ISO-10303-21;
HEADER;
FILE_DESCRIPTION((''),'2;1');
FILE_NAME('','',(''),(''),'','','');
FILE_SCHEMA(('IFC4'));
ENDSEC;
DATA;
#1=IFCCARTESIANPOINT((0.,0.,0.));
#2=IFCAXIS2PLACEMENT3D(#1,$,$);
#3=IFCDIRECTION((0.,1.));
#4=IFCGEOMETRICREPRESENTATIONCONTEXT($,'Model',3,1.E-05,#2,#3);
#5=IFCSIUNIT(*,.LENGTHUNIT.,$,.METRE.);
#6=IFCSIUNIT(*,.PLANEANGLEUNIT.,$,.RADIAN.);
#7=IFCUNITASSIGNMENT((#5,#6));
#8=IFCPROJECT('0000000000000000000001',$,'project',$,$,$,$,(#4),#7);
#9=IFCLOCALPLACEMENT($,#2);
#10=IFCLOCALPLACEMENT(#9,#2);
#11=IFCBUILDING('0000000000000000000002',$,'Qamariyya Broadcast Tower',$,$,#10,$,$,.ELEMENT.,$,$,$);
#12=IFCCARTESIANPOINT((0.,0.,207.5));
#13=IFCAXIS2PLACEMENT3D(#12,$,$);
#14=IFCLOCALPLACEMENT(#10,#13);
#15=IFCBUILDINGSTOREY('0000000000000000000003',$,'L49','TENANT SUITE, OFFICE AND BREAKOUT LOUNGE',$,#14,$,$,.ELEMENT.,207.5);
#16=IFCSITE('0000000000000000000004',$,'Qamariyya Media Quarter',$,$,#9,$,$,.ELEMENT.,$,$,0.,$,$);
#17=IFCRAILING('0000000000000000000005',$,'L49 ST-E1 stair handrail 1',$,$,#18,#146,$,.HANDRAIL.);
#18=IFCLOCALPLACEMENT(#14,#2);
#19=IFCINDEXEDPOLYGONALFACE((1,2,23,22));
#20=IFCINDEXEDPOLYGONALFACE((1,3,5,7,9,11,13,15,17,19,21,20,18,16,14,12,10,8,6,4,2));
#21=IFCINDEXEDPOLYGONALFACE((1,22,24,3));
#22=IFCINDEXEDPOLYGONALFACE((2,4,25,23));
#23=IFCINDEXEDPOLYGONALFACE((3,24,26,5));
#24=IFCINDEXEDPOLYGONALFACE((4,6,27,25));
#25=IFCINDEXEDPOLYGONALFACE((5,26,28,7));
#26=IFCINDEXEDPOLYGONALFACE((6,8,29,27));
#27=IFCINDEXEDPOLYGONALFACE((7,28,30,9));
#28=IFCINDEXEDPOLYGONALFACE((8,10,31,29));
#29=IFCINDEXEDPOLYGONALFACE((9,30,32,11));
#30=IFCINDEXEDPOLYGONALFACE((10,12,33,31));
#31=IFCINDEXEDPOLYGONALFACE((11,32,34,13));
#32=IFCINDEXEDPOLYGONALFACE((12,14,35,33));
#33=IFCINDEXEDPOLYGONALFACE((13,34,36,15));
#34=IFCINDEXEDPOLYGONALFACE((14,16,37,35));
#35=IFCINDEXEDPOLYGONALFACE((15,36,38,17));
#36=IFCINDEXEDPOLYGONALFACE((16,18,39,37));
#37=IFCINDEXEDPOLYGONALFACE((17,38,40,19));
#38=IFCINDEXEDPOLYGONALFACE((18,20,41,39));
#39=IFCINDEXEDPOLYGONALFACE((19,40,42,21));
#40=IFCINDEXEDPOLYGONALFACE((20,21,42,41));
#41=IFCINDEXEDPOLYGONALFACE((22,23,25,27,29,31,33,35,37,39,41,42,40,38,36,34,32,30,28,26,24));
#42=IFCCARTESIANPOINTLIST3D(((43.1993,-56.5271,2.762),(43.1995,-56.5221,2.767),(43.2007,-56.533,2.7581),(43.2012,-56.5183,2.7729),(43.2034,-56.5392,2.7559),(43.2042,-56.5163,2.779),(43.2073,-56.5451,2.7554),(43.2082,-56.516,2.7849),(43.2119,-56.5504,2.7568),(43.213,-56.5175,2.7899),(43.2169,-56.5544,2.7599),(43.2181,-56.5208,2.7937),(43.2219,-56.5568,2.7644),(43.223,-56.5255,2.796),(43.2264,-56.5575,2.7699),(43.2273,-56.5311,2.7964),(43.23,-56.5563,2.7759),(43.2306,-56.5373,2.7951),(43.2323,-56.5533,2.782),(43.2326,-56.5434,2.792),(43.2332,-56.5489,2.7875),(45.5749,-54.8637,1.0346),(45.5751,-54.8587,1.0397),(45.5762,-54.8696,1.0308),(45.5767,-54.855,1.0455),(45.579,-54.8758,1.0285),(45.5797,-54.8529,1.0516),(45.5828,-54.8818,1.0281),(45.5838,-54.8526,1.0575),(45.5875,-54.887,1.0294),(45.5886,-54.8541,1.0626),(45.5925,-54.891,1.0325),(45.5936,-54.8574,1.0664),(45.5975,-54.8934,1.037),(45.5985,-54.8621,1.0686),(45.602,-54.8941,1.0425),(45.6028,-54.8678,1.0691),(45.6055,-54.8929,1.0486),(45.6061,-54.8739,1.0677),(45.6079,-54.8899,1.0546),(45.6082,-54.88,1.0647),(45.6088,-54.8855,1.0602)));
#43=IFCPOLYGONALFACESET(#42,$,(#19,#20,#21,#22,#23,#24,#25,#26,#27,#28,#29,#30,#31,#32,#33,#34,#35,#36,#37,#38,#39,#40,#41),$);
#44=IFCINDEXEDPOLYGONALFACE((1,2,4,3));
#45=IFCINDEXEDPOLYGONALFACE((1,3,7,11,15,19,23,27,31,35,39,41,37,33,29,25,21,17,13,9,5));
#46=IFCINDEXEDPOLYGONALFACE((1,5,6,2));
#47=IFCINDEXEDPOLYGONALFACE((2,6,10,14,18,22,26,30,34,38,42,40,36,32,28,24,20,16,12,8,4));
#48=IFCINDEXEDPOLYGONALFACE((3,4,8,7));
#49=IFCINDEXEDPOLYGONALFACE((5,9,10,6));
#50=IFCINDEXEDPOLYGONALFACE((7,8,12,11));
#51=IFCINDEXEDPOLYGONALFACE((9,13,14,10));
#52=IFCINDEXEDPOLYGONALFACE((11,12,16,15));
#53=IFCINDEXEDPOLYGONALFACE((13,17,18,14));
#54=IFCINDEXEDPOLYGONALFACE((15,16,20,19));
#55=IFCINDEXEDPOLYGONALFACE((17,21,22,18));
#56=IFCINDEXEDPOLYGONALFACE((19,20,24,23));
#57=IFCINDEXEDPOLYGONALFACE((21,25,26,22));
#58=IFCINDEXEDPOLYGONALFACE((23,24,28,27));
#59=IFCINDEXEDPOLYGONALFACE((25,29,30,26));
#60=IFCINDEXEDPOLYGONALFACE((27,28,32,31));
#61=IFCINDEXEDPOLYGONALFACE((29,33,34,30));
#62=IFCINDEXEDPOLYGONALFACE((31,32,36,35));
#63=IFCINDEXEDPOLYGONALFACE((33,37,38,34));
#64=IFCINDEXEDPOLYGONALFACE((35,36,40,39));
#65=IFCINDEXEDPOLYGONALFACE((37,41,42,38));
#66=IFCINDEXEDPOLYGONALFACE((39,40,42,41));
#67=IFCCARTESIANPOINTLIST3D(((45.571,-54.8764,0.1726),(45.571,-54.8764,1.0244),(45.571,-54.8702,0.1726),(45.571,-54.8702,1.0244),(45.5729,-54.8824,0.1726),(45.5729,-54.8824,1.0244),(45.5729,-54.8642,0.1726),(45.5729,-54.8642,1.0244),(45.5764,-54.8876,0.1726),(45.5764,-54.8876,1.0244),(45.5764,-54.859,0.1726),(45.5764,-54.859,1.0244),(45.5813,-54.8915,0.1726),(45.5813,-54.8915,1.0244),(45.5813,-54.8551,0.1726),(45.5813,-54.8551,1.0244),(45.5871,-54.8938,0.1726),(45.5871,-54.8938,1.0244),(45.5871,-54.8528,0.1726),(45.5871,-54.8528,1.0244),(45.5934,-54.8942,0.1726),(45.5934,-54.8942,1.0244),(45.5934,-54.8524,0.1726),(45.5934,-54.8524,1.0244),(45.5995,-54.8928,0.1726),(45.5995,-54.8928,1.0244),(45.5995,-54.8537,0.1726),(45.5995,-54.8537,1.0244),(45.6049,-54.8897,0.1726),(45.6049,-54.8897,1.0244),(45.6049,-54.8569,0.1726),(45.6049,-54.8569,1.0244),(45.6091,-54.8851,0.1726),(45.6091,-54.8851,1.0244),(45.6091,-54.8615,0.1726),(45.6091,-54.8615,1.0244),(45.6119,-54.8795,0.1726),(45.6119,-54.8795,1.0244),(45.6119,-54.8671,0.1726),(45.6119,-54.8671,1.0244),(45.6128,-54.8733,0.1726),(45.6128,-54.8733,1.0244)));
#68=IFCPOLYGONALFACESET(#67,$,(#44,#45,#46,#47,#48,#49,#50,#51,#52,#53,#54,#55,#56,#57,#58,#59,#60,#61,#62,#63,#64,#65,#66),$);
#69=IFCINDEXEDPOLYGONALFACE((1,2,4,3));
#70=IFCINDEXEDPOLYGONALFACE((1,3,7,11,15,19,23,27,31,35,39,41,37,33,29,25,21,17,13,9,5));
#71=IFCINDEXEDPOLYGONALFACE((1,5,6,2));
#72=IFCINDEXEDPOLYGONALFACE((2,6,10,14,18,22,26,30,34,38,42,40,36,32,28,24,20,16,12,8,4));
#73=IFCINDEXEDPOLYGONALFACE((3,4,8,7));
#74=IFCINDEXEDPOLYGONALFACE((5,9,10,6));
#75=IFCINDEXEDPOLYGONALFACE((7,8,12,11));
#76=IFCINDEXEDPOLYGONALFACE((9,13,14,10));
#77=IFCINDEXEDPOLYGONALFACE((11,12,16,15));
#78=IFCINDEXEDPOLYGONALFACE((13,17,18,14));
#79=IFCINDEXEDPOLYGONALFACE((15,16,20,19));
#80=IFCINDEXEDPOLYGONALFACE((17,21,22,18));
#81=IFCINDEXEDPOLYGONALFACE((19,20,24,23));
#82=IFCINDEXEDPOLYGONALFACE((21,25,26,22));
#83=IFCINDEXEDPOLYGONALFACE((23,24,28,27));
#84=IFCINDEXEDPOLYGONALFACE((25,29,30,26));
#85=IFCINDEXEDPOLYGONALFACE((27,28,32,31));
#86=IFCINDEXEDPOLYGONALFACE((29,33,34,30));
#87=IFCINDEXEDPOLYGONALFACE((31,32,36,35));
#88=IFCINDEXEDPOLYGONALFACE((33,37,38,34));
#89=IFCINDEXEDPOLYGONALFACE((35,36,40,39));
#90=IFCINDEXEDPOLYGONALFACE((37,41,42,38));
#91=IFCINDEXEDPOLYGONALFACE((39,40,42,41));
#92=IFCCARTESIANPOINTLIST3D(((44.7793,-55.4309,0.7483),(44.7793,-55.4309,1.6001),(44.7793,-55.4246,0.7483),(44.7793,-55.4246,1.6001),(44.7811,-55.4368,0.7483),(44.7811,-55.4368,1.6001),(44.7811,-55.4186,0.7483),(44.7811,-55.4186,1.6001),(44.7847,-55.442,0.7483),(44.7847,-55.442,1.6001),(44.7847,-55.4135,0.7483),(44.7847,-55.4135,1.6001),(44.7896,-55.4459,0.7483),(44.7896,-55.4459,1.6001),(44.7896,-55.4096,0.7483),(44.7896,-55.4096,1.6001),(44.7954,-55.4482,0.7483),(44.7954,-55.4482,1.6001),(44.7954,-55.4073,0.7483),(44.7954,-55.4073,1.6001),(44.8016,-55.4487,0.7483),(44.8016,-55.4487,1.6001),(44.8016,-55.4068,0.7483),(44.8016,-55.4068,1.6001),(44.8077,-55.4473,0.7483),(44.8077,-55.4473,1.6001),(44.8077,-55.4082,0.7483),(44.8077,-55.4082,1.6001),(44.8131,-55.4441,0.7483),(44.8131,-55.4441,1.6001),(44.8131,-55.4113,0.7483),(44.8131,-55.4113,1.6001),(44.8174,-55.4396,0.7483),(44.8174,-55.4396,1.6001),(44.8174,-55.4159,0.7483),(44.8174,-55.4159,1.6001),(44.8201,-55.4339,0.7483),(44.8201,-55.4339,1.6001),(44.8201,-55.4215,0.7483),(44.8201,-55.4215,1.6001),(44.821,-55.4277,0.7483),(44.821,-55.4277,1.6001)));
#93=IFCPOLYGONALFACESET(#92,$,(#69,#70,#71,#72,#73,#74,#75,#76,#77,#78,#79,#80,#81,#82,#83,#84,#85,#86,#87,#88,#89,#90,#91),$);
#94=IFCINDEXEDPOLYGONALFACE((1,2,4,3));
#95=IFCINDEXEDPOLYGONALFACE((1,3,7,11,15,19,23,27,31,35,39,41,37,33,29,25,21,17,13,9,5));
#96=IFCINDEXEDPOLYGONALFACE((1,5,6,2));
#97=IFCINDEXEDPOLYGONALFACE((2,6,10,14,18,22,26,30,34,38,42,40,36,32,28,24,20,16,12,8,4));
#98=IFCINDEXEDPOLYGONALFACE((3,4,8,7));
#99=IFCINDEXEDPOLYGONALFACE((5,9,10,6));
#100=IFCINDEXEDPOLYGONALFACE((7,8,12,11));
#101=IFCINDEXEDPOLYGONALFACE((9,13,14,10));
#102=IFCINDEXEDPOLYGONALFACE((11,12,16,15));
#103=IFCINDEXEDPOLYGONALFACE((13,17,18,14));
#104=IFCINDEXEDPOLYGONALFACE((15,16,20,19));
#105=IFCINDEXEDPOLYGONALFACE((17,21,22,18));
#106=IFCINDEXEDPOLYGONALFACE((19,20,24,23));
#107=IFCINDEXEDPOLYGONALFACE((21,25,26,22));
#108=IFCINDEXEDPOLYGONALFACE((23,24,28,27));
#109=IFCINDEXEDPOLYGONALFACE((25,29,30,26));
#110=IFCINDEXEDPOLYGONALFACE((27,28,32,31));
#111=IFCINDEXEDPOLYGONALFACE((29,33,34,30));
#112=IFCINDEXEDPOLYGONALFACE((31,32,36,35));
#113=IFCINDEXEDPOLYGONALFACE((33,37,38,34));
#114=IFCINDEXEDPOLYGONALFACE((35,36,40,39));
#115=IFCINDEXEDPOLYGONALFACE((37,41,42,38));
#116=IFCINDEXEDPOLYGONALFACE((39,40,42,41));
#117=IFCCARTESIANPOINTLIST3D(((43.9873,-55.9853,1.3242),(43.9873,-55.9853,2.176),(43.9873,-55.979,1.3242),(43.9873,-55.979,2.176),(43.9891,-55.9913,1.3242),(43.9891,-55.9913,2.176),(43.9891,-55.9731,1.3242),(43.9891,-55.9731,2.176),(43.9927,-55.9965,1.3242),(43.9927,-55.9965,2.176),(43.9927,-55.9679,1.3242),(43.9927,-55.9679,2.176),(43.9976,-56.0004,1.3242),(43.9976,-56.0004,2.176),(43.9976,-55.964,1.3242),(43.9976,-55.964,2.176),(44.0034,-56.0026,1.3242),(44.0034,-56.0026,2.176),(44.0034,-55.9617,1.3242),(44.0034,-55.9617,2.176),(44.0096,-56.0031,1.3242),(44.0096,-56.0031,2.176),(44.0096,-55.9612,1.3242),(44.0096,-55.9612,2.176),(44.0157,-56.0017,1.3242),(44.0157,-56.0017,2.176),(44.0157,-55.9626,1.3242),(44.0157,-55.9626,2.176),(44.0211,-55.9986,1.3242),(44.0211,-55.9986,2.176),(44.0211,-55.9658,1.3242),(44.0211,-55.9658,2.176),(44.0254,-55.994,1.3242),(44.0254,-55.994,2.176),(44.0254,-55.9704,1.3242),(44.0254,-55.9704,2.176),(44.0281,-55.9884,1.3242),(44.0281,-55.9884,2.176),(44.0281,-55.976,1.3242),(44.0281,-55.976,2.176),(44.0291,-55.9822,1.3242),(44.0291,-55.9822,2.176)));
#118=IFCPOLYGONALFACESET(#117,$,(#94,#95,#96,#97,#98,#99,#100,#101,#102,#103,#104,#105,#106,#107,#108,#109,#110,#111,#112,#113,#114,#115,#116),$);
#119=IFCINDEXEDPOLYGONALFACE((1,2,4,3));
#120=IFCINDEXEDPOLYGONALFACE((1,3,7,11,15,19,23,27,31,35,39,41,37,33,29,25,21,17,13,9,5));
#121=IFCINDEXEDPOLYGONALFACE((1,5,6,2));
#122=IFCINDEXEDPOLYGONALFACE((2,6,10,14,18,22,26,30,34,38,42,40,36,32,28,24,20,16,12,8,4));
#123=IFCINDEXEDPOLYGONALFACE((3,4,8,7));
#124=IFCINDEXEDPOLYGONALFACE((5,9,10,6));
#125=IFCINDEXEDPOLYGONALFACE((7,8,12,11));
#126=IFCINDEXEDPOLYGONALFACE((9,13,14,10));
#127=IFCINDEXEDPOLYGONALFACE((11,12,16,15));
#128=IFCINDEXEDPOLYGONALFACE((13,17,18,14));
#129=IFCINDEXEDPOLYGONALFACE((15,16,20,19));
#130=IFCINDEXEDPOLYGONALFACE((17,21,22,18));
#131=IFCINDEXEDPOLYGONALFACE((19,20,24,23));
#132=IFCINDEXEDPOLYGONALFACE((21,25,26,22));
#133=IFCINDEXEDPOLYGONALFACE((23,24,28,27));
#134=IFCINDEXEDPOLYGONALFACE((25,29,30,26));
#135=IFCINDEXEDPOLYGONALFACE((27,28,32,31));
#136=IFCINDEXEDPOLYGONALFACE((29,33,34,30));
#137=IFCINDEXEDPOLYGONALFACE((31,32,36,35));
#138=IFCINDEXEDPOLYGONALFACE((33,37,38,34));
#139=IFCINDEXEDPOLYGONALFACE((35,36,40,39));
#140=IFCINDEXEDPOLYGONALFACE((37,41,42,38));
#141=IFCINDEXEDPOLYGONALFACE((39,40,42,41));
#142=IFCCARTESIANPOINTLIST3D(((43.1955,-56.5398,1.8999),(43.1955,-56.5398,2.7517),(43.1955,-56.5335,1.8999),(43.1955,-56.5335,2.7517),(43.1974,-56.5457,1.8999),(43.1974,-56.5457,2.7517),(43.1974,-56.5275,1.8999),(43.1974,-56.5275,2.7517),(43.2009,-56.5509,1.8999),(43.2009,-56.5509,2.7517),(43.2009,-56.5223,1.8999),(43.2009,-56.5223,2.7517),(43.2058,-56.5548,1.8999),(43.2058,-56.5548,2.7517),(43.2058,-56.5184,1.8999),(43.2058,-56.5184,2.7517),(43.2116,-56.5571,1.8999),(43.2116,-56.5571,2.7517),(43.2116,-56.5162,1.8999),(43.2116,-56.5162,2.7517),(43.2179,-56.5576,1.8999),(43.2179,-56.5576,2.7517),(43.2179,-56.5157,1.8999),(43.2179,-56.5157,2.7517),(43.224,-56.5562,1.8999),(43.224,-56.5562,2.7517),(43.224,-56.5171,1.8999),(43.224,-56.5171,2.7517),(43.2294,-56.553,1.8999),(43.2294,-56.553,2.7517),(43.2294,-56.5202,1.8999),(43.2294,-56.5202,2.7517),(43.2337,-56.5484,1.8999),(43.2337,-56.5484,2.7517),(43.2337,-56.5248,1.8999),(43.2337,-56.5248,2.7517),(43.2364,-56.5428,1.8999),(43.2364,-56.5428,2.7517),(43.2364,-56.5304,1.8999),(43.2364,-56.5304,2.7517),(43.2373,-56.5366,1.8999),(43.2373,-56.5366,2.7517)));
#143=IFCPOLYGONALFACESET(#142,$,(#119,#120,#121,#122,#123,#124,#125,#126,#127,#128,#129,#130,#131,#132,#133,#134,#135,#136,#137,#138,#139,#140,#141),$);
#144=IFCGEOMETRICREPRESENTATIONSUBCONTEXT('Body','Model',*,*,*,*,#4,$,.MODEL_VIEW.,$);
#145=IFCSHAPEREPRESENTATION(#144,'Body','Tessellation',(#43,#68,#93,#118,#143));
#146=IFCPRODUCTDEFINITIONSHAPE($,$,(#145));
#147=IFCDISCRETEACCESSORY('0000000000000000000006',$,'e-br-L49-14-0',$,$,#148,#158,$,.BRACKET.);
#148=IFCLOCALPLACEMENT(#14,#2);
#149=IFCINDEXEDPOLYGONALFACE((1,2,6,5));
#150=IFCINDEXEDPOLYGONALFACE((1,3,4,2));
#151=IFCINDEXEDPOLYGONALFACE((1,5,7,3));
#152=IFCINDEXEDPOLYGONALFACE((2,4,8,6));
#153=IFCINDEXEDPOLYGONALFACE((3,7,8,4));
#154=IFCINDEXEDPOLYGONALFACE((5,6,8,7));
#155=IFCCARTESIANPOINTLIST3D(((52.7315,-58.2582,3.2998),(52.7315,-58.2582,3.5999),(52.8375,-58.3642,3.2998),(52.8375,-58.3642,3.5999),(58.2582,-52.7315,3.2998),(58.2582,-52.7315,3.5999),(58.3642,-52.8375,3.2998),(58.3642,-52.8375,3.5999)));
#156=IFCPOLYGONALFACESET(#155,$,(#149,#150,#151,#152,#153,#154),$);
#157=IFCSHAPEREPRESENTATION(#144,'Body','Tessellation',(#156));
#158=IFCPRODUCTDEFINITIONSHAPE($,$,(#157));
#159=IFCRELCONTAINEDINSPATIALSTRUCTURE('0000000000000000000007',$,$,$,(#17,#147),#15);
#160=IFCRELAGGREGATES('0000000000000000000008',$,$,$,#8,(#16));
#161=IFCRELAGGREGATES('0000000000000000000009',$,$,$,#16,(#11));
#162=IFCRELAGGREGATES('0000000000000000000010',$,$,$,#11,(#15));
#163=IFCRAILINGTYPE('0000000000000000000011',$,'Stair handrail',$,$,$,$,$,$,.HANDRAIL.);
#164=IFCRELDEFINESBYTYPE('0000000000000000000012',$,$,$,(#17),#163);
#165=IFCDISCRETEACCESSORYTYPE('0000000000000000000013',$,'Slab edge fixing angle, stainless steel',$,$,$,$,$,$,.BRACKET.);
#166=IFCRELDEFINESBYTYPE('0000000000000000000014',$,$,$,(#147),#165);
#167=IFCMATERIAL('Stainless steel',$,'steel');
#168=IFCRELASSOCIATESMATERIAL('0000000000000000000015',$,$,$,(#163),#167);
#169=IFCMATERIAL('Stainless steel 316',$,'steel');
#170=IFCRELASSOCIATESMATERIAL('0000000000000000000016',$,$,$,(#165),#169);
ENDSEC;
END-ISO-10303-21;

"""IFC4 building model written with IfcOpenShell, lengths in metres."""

from ifc_helpers import new_model, si_unit, direction, frame, origin, origin_2d, place, context, subcontext, project, spatial, rectangle, circle, extrude, material, type_object, element, save


model = new_model("IFC4")

# Units and contexts
model_context = context("Model", 3, precision=1e-05, world=origin(), true_north=direction((0.0, 1.0)))
body_context = subcontext(model_context, "Body", "Model", "MODEL_VIEW")
ifc_project = project(units=[si_unit("LENGTHUNIT", "METRE"), si_unit("PLANEANGLEUNIT", "RADIAN")], contexts=[model_context])

# Site, building, storey
site_placement = place(None, origin())
site = spatial("IfcSite", under=ifc_project, at=site_placement, Name="Qamariyya Media Quarter", CompositionType="ELEMENT", RefElevation=0.0)
building_placement = place(site_placement, origin())
building = spatial("IfcBuilding", under=site, at=building_placement, Name="Qamariyya Broadcast Tower", CompositionType="ELEMENT")
storey_placement = place(building_placement, frame((0.0, 0.0, 207.5)))
storey = spatial("IfcBuildingStorey", under=building, at=storey_placement, Name="L49", Description="TENANT SUITE, OFFICE AND BREAKOUT LOUNGE", CompositionType="ELEMENT", Elevation=207.5)

# Railing
ifc_material_1 = material(Name="Stainless steel", Category="steel")
railing_type_1 = type_object("IfcRailingType", Name="Stair handrail", PredefinedType="HANDRAIL", material=ifc_material_1)
railing_1_placement = place(storey_placement, frame((45.5918, -54.8733, 0.1726)))
element("IfcRailing", 1, at=railing_1_placement, inside=storey, type_object=railing_type_1, Name="L49 ST-E1 stair handrail 1", PredefinedType="HANDRAIL", context=body_context, shape_type="SweptSolid", body=[
    extrude(circle(Radius=0.0239, at=origin_2d()), frame((0.0, 0.0, 0.876), z_axis=(-0.70377, -0.492784, 0.511734), x_axis=(0.573575, -0.819153, 0.0)), (0.0, 0.0, 1.0), 3.3755),
    extrude(circle(Radius=0.021, at=origin_2d()), origin(), (0.0, 0.0, 1.0), 0.8518),
    extrude(circle(Radius=0.021, at=origin_2d()), frame((-0.7917, -0.5544, 0.5757)), (0.0, 0.0, 1.0), 0.8518),
    extrude(circle(Radius=0.021, at=origin_2d()), frame((-1.5837, -1.1089, 1.1516)), (0.0, 0.0, 1.0), 0.8518),
    extrude(circle(Radius=0.021, at=origin_2d()), frame((-2.3755, -1.6633, 1.7273)), (0.0, 0.0, 1.0), 0.8518),
])

# Discrete accessory
ifc_material_2 = material(Name="Stainless steel 316", Category="steel")
discrete_accessory_type = type_object("IfcDiscreteAccessoryType", Name="Slab edge fixing angle, stainless steel", PredefinedType="BRACKET", material=ifc_material_2)
discrete_accessory_placement = place(storey_placement, frame((55.5479, -55.5479, 3.2998), z_axis=(0.0, 0.0, 1.0), x_axis=(0.707107, 0.707107, 0.0)))
element("IfcDiscreteAccessory", 2, at=discrete_accessory_placement, inside=storey, type_object=discrete_accessory_type, Name="e-br-L49-14-0", PredefinedType="BRACKET", context=body_context, shape_type="SweptSolid", body=[
    extrude(rectangle(XDim=7.8159, YDim=0.1499, at=origin_2d()), origin(), (0.0, 0.0, 1.0), 0.3),
])

save(model, "model.ifc")
